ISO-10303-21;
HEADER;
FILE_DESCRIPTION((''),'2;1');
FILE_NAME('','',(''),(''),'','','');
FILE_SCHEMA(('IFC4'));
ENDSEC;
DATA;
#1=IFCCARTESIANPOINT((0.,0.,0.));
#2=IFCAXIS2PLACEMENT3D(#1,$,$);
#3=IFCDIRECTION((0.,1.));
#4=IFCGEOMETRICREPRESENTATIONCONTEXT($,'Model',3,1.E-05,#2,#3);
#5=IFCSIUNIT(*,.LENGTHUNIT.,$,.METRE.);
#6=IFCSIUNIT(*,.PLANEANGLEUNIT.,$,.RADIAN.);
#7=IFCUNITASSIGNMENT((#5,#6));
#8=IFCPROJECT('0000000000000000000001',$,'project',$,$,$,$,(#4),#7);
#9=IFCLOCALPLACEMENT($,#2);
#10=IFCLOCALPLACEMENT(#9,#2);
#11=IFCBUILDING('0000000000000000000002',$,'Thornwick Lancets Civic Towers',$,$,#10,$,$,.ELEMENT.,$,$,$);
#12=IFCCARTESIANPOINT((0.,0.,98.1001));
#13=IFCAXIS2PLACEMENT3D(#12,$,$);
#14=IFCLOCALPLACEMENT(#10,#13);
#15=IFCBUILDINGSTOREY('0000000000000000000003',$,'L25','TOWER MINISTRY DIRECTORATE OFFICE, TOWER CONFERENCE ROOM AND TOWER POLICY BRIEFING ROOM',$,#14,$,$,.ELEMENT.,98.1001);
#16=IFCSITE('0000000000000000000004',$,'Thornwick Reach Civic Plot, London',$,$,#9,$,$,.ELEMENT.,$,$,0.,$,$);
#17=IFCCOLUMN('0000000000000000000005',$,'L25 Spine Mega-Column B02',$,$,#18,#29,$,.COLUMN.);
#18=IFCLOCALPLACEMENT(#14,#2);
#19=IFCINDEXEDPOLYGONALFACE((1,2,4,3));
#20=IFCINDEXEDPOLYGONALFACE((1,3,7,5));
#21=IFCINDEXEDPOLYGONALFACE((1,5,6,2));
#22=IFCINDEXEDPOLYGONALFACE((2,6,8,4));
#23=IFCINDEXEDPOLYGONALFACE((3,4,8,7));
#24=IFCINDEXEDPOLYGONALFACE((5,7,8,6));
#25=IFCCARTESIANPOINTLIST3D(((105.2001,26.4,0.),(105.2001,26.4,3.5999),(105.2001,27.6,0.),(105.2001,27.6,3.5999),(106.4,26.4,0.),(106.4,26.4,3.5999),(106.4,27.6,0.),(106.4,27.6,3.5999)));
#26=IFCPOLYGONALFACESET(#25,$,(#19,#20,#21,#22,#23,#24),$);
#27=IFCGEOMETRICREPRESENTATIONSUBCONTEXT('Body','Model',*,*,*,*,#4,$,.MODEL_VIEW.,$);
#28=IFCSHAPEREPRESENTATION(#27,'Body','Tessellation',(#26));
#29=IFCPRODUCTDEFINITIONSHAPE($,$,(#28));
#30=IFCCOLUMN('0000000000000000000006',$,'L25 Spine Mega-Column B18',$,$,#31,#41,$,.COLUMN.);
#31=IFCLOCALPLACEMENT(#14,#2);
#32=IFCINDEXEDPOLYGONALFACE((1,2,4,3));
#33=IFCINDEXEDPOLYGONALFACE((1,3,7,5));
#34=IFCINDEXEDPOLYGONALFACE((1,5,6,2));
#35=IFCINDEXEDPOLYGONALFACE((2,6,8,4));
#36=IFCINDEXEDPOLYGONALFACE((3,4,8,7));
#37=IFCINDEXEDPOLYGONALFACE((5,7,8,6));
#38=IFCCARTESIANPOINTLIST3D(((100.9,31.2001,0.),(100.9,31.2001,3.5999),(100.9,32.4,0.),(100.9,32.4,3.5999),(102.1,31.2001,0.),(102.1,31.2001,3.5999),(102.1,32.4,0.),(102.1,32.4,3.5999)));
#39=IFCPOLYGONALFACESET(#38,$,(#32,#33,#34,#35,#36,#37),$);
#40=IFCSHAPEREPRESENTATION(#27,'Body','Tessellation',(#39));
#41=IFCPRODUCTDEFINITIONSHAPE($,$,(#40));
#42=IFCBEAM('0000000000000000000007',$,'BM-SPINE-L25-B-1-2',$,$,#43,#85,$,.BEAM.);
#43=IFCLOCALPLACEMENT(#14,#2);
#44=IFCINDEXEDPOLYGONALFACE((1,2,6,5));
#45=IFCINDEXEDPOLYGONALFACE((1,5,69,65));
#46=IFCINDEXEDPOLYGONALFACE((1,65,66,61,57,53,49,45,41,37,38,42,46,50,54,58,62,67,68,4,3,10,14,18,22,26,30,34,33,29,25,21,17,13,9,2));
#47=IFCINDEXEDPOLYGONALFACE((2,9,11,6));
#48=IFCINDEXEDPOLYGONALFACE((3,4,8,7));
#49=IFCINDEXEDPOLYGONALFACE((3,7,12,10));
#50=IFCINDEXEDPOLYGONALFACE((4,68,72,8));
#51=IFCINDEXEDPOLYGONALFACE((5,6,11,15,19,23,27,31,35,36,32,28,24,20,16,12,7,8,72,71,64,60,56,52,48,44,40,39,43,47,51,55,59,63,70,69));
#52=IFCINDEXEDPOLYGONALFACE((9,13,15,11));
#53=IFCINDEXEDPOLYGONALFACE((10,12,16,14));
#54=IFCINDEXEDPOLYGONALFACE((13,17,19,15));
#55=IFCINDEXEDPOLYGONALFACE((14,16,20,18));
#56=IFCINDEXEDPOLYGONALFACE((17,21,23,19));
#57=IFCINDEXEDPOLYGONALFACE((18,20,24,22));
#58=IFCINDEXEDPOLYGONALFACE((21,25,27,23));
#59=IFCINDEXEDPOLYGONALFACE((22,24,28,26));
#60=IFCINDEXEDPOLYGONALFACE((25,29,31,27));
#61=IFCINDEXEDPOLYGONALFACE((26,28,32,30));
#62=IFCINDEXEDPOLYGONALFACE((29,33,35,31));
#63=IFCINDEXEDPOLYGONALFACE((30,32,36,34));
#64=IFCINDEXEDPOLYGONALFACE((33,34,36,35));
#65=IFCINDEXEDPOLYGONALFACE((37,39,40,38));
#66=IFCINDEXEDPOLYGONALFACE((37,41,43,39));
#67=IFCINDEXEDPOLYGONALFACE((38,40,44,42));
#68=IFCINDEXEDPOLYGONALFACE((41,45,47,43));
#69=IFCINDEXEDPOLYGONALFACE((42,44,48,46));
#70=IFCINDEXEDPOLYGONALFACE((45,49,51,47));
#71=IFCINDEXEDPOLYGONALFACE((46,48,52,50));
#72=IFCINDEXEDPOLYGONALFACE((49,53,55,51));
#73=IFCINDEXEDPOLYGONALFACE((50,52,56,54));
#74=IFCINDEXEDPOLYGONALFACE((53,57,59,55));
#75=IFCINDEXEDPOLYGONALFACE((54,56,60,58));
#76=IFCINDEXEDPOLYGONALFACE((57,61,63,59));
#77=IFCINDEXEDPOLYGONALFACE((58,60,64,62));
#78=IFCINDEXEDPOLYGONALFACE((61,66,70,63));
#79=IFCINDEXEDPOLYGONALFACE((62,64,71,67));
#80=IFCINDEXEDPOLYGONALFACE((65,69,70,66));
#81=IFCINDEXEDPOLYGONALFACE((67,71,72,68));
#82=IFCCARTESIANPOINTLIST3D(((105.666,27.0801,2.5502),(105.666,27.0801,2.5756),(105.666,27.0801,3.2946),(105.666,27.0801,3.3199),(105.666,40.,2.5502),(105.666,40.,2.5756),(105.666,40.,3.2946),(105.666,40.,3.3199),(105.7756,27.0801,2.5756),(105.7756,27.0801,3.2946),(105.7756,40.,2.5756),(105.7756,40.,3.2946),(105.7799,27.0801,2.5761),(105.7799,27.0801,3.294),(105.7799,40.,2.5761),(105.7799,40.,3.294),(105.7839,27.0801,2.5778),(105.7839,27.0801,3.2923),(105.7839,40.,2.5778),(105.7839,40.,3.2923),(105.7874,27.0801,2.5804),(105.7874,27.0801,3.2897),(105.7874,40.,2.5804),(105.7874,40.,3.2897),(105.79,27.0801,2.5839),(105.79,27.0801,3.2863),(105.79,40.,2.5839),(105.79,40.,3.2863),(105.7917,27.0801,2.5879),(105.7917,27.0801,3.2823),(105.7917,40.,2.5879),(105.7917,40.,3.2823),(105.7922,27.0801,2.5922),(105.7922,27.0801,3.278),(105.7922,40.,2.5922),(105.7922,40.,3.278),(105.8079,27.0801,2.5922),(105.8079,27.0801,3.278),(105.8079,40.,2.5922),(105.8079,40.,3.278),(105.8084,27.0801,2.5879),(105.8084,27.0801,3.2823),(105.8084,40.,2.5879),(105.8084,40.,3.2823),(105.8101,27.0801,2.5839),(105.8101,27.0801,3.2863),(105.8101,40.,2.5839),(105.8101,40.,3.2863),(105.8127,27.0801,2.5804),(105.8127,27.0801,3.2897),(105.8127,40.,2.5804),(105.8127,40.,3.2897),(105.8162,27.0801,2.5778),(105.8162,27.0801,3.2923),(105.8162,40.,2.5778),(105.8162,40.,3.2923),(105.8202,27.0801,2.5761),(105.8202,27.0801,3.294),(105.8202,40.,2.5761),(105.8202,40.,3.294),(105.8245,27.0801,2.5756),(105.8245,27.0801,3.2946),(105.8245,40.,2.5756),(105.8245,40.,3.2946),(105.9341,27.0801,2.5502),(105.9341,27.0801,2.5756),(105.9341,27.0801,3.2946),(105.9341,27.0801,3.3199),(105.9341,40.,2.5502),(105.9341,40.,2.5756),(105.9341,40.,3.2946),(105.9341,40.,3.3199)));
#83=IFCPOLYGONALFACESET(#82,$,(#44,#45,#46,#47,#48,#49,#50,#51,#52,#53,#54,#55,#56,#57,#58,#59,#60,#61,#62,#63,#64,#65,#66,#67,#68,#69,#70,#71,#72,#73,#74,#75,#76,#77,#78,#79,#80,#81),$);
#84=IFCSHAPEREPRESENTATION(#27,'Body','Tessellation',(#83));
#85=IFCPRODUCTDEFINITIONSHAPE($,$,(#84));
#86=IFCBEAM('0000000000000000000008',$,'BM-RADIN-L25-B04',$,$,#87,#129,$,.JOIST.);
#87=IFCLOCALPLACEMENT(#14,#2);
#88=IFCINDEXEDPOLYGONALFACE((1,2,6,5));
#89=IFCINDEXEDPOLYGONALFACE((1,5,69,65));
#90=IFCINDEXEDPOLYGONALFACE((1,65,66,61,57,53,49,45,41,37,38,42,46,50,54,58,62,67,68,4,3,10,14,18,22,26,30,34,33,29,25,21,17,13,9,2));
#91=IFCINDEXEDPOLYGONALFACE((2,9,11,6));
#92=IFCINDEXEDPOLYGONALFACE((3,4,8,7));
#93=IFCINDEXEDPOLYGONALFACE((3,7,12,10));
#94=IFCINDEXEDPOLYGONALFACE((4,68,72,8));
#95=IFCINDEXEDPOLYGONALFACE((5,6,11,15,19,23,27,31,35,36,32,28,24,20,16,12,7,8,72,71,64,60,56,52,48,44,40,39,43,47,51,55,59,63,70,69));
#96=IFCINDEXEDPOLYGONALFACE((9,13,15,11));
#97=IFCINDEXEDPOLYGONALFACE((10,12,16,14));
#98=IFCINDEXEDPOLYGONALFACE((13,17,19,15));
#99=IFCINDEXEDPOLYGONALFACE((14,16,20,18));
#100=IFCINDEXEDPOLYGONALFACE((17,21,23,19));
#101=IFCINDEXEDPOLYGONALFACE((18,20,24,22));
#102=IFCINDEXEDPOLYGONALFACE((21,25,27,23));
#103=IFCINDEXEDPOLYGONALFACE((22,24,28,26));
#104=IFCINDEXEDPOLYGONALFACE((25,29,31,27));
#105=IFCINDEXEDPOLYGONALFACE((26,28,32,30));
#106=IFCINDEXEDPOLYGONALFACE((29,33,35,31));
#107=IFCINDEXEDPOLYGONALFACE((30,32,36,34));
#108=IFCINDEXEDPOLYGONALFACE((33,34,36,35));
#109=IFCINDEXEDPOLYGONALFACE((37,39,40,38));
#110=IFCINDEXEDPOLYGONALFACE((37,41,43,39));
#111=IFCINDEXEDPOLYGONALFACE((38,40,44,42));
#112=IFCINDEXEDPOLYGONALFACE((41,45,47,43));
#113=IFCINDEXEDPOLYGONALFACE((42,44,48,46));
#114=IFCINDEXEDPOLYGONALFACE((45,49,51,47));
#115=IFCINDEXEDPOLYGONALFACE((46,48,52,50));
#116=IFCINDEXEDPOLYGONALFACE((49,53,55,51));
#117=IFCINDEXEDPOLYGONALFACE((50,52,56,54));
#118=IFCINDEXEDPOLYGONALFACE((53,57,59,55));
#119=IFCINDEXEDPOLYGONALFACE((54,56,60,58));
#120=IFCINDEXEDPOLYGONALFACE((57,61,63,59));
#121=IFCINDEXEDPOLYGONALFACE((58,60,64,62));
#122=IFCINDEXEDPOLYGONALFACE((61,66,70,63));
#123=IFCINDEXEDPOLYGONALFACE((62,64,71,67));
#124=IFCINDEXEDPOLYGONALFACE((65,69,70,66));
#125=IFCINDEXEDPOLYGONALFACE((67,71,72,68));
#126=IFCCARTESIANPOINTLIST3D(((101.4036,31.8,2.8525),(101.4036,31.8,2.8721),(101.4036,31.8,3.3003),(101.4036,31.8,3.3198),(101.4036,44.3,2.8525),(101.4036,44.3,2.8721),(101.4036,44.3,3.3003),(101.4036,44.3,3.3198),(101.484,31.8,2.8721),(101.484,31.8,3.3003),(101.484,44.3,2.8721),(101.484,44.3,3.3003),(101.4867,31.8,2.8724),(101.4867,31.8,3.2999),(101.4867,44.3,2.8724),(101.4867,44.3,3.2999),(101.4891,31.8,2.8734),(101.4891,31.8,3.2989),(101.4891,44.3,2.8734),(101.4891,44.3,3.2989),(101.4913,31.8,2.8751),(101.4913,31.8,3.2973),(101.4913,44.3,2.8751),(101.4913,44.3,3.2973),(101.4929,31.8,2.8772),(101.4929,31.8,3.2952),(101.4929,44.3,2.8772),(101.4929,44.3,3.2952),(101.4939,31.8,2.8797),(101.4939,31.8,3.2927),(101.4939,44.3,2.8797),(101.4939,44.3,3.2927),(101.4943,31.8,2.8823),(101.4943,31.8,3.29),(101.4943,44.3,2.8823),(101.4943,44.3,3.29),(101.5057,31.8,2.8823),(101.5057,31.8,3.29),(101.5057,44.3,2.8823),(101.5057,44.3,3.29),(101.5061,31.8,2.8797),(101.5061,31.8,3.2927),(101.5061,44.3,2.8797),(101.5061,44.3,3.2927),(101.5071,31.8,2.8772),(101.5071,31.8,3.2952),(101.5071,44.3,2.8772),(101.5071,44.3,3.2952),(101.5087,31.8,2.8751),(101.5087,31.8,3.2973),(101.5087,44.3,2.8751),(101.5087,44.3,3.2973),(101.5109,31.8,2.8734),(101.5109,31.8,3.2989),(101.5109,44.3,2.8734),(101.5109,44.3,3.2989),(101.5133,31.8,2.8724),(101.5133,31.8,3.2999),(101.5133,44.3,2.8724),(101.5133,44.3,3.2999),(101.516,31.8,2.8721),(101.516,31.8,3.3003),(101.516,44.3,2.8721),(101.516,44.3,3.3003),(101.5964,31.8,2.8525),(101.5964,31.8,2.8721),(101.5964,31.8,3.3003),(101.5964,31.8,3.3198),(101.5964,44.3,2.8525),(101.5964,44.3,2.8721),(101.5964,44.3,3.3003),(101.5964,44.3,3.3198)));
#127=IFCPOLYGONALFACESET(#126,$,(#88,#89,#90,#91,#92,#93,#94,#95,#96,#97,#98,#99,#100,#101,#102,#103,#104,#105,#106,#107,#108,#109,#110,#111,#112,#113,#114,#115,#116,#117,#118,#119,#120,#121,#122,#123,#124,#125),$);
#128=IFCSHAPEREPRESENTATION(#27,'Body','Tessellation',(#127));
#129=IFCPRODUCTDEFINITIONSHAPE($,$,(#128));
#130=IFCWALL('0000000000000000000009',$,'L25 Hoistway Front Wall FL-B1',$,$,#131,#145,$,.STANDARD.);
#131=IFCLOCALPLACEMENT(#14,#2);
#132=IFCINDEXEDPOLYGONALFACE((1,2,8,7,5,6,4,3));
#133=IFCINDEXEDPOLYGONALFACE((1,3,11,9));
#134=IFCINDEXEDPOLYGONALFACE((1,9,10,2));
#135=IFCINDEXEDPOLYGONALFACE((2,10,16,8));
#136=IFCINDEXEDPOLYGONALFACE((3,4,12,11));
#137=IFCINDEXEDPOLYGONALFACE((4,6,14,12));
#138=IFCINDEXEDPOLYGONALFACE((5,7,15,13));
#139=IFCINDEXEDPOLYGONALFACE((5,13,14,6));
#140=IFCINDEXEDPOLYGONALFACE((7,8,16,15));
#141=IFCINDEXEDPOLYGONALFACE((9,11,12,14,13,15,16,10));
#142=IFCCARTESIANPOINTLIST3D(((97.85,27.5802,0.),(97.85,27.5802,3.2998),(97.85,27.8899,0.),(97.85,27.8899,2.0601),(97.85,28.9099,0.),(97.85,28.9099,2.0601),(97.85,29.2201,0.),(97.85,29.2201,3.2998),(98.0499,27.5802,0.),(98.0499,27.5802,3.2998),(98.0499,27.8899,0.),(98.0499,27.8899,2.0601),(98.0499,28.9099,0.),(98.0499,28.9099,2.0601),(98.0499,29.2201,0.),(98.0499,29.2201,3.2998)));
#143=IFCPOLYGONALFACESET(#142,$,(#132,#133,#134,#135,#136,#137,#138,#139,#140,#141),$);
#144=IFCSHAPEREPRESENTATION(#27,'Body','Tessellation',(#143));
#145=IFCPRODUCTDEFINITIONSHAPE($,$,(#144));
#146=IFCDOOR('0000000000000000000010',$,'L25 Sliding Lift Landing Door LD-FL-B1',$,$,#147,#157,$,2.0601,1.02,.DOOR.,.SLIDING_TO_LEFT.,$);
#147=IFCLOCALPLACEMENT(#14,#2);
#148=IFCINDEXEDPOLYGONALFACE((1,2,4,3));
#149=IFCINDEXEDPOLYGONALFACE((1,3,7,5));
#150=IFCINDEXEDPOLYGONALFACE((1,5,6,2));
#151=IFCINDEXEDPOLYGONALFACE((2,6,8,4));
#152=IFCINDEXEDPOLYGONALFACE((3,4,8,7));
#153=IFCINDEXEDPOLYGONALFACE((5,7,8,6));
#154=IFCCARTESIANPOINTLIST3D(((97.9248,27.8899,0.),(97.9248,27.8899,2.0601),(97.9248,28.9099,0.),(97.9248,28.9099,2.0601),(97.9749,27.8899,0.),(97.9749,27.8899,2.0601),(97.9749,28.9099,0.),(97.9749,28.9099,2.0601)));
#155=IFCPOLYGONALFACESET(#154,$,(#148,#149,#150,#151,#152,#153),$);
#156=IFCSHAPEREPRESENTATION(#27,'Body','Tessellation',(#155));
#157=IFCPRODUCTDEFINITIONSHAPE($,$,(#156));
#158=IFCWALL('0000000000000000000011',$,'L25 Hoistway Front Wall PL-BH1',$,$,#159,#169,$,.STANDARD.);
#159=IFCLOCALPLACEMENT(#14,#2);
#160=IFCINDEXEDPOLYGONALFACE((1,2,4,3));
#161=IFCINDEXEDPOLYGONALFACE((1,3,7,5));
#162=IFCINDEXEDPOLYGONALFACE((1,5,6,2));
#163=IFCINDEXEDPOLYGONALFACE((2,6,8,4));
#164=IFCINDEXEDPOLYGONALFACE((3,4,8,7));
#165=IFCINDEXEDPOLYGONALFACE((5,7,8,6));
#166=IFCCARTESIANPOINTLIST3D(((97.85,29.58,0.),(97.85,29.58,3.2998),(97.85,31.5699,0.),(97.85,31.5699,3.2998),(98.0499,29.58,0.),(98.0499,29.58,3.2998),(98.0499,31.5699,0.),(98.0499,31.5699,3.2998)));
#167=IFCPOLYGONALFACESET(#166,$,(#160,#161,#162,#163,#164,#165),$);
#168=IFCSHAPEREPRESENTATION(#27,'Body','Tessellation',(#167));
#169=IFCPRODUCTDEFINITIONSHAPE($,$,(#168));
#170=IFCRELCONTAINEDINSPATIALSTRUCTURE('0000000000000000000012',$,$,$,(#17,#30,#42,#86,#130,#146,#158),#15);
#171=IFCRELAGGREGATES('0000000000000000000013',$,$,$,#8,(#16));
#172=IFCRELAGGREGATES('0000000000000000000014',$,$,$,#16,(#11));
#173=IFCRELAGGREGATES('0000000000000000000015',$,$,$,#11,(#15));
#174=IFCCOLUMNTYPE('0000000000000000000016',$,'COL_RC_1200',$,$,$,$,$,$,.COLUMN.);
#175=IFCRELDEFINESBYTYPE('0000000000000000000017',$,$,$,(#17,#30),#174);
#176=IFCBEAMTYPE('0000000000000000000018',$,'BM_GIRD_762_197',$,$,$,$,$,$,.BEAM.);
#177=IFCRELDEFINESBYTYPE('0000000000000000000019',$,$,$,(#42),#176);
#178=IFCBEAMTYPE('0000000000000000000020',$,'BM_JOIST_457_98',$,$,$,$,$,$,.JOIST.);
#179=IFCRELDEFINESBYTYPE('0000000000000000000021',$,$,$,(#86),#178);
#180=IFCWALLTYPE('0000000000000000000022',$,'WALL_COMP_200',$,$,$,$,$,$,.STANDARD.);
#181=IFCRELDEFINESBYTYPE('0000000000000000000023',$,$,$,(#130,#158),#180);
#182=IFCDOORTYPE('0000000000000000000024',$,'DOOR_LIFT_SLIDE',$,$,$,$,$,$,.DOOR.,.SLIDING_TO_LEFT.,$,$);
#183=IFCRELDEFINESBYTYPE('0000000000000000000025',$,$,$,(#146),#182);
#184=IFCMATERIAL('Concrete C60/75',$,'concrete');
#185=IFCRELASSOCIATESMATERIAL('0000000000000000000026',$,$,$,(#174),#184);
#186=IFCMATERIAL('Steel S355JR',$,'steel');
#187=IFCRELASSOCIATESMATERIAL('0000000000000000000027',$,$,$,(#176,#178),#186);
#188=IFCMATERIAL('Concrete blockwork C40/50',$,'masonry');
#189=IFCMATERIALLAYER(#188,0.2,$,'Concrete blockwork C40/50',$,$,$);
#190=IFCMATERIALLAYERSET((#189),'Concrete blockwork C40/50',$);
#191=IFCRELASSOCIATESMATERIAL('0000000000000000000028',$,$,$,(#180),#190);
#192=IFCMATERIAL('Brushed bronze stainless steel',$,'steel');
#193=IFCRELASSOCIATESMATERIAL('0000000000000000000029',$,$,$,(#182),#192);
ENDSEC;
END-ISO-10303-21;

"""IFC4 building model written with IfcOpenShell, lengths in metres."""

from ifc_helpers import new_model, si_unit, direction, frame, frame_2d, origin, origin_2d, place, context, subcontext, project, spatial, rectangle, i_section, extrude, material, layer, layer_set, material_profile, profile_set, type_object, element, fill, save


model = new_model("IFC4")

# Units and contexts
model_context = context("Model", 3, precision=1e-05, world=origin(), true_north=direction((0.0, 1.0)))
body_context = subcontext(model_context, "Body", "Model", "MODEL_VIEW")
ifc_project = project(units=[si_unit("LENGTHUNIT", "METRE"), si_unit("PLANEANGLEUNIT", "RADIAN")], contexts=[model_context])

# Site, building, storey
site_placement = place(None, origin())
site = spatial("IfcSite", under=ifc_project, at=site_placement, Name="Thornwick Reach Civic Plot, London", CompositionType="ELEMENT", RefElevation=0.0)
building_placement = place(site_placement, origin())
building = spatial("IfcBuilding", under=site, at=building_placement, Name="Thornwick Lancets Civic Towers", CompositionType="ELEMENT")
storey_placement = place(building_placement, frame((0.0, 0.0, 98.1001)))
storey = spatial("IfcBuildingStorey", under=building, at=storey_placement, Name="L25", Description="TOWER MINISTRY DIRECTORATE OFFICE, TOWER CONFERENCE ROOM AND TOWER POLICY BRIEFING ROOM", CompositionType="ELEMENT", Elevation=98.1001)

# Columns
ifc_material_1 = material(Name="Concrete C60/75", Category="concrete")
ifc_material_profile_1 = material_profile(ifc_material_1, rectangle(XDim=1.2, YDim=1.2, at=origin_2d()), Name="RC 1200x1200")
ifc_profile_set_1 = profile_set([ifc_material_profile_1], Name="Concrete C60/75")
column_type = type_object("IfcColumnType", Name="COL_RC_1200", PredefinedType="COLUMN", material=ifc_profile_set_1)
for number, where, z_axis, x_axis, name in (
    (1, (105.8, 27.0, 0.0), (0.0, 0.0, 1.0), (1.0, 0.0, 0.0), "L25 Spine Mega-Column B02"),
    (2, (101.5, 31.8, 0.0), (0.0, 0.0, 1.0), (1.0, 0.0, 0.0), "L25 Spine Mega-Column B18"),
):
    element("IfcColumn", number, at=place(storey_placement, frame(where, z_axis=z_axis, x_axis=x_axis)), inside=storey, type_object=column_type, Name=name, PredefinedType="COLUMN", context=body_context, shape_type="SweptSolid", body=[
        extrude(rectangle(XDim=1.2, YDim=1.2, at=origin_2d()), origin(), (0.0, 0.0, 1.0), 3.5999),
    ])

# Beams
ifc_material_2 = material(Name="Steel S355JR", Category="steel")
ifc_material_profile_2 = material_profile(ifc_material_2, i_section(OverallWidth=0.2681, OverallDepth=0.7698, WebThickness=0.0156, FlangeThickness=0.0254, FilletRadius=0.0166, at=origin_2d()), Name="UKB 762x267x197")
ifc_profile_set_2 = profile_set([ifc_material_profile_2], Name="Steel S355JR")
beam_type_1 = type_object("IfcBeamType", Name="BM_GIRD_762_197", PredefinedType="BEAM", material=ifc_profile_set_2)
beam_1_placement = place(storey_placement, frame((105.8, 27.0801, 2.9351), z_axis=(0.0, 1.0, 0.0), x_axis=(-1.0, 0.0, 0.0)))
element("IfcBeam", 3, at=beam_1_placement, inside=storey, type_object=beam_type_1, Name="BM-SPINE-L25-B-1-2", PredefinedType="BEAM", context=body_context, shape_type="SweptSolid", body=[
    extrude(i_section(OverallWidth=0.2681, OverallDepth=0.7698, WebThickness=0.0156, FlangeThickness=0.0254, FilletRadius=0.0166, at=origin_2d()), origin(), (0.0, 0.0, 1.0), 12.9199),
])
ifc_material_profile_3 = material_profile(ifc_material_2, i_section(OverallWidth=0.1929, OverallDepth=0.4673, WebThickness=0.0115, FlangeThickness=0.0195, FilletRadius=0.0103, at=origin_2d()), Name="UKB 457x191x98")
ifc_profile_set_3 = profile_set([ifc_material_profile_3], Name="Steel S355JR")
beam_type_2 = type_object("IfcBeamType", Name="BM_JOIST_457_98", PredefinedType="JOIST", material=ifc_profile_set_3)
beam_2_placement = place(storey_placement, frame((101.5, 31.8, 3.0862), z_axis=(0.0, 1.0, 0.0), x_axis=(-1.0, 0.0, 0.0)))
element("IfcBeam", 4, at=beam_2_placement, inside=storey, type_object=beam_type_2, Name="BM-RADIN-L25-B04", PredefinedType="JOIST", context=body_context, shape_type="SweptSolid", body=[
    extrude(i_section(OverallWidth=0.1929, OverallDepth=0.4673, WebThickness=0.0115, FlangeThickness=0.0195, FilletRadius=0.0103, at=origin_2d()), origin(), (0.0, 0.0, 1.0), 12.5),
])

# Wall, opening, door
ifc_material_3 = material(Name="Concrete blockwork C40/50", Category="masonry")
ifc_layer = layer(ifc_material_3, 0.2, Name="Concrete blockwork C40/50")
ifc_layer_set = layer_set([ifc_layer], Name="Concrete blockwork C40/50")
wall_type = type_object("IfcWallType", Name="WALL_COMP_200", PredefinedType="STANDARD", material=ifc_layer_set)
wall_1_placement = place(storey_placement, frame((97.95, 29.22, 0.0), z_axis=(0.0, 0.0, 1.0), x_axis=(0.0, -1.0, 0.0)))
wall_1 = element("IfcWall", 5, at=wall_1_placement, inside=storey, type_object=wall_type, Name="L25 Hoistway Front Wall FL-B1", PredefinedType="STANDARD", context=body_context, shape_type="SweptSolid", body=[
    extrude(rectangle(XDim=1.6399, YDim=0.2, at=frame_2d((0.8198, 0.0))), origin(), (0.0, 0.0, 1.0), 3.2998),
])
opening_1_placement = place(wall_1_placement, frame((0.3101, 0.0, 0.0)))
opening_1 = element("IfcOpeningElement", 6, at=opening_1_placement, cuts=wall_1, PredefinedType="OPENING", context=body_context, shape_type="SweptSolid", body=[
    extrude(rectangle(XDim=1.02, YDim=2.0601, at=frame_2d((0.51, 1.03))), frame((0.0, 0.1099, 0.0), z_axis=(0.0, -1.0, 0.0), x_axis=(1.0, 0.0, 0.0)), (0.0, 0.0, 1.0), 0.22),
])
ifc_material_4 = material(Name="Brushed bronze stainless steel", Category="steel")
door_type = type_object("IfcDoorType", Name="DOOR_LIFT_SLIDE", OperationType="SLIDING_TO_LEFT", PredefinedType="DOOR", material=ifc_material_4)
door_1_placement = place(opening_1_placement, origin())
door_1 = element("IfcDoor", 7, at=door_1_placement, inside=storey, type_object=door_type, Name="L25 Sliding Lift Landing Door LD-FL-B1", OperationType="SLIDING_TO_LEFT", OverallHeight=2.0601, OverallWidth=1.02, PredefinedType="DOOR", context=body_context, shape_type="SweptSolid", body=[
    extrude(rectangle(XDim=1.02, YDim=2.0601, at=frame_2d((0.51, 1.03))), frame((0.0, 0.0249, 0.0), z_axis=(0.0, -1.0, 0.0), x_axis=(1.0, 0.0, 0.0)), (0.0, 0.0, 1.0), 0.05),
])
fill(opening_1, door_1)

# Wall
wall_2_placement = place(storey_placement, frame((97.95, 31.5701, 0.0), z_axis=(0.0, 0.0, 1.0), x_axis=(0.0, -1.0, 0.0)))
element("IfcWall", 8, at=wall_2_placement, inside=storey, type_object=wall_type, Name="L25 Hoistway Front Wall PL-BH1", PredefinedType="STANDARD", context=body_context, shape_type="SweptSolid", body=[
    extrude(rectangle(XDim=1.99, YDim=0.2, at=frame_2d((0.9951, 0.0))), origin(), (0.0, 0.0, 1.0), 3.2998),
])

save(model, "model.ifc")
